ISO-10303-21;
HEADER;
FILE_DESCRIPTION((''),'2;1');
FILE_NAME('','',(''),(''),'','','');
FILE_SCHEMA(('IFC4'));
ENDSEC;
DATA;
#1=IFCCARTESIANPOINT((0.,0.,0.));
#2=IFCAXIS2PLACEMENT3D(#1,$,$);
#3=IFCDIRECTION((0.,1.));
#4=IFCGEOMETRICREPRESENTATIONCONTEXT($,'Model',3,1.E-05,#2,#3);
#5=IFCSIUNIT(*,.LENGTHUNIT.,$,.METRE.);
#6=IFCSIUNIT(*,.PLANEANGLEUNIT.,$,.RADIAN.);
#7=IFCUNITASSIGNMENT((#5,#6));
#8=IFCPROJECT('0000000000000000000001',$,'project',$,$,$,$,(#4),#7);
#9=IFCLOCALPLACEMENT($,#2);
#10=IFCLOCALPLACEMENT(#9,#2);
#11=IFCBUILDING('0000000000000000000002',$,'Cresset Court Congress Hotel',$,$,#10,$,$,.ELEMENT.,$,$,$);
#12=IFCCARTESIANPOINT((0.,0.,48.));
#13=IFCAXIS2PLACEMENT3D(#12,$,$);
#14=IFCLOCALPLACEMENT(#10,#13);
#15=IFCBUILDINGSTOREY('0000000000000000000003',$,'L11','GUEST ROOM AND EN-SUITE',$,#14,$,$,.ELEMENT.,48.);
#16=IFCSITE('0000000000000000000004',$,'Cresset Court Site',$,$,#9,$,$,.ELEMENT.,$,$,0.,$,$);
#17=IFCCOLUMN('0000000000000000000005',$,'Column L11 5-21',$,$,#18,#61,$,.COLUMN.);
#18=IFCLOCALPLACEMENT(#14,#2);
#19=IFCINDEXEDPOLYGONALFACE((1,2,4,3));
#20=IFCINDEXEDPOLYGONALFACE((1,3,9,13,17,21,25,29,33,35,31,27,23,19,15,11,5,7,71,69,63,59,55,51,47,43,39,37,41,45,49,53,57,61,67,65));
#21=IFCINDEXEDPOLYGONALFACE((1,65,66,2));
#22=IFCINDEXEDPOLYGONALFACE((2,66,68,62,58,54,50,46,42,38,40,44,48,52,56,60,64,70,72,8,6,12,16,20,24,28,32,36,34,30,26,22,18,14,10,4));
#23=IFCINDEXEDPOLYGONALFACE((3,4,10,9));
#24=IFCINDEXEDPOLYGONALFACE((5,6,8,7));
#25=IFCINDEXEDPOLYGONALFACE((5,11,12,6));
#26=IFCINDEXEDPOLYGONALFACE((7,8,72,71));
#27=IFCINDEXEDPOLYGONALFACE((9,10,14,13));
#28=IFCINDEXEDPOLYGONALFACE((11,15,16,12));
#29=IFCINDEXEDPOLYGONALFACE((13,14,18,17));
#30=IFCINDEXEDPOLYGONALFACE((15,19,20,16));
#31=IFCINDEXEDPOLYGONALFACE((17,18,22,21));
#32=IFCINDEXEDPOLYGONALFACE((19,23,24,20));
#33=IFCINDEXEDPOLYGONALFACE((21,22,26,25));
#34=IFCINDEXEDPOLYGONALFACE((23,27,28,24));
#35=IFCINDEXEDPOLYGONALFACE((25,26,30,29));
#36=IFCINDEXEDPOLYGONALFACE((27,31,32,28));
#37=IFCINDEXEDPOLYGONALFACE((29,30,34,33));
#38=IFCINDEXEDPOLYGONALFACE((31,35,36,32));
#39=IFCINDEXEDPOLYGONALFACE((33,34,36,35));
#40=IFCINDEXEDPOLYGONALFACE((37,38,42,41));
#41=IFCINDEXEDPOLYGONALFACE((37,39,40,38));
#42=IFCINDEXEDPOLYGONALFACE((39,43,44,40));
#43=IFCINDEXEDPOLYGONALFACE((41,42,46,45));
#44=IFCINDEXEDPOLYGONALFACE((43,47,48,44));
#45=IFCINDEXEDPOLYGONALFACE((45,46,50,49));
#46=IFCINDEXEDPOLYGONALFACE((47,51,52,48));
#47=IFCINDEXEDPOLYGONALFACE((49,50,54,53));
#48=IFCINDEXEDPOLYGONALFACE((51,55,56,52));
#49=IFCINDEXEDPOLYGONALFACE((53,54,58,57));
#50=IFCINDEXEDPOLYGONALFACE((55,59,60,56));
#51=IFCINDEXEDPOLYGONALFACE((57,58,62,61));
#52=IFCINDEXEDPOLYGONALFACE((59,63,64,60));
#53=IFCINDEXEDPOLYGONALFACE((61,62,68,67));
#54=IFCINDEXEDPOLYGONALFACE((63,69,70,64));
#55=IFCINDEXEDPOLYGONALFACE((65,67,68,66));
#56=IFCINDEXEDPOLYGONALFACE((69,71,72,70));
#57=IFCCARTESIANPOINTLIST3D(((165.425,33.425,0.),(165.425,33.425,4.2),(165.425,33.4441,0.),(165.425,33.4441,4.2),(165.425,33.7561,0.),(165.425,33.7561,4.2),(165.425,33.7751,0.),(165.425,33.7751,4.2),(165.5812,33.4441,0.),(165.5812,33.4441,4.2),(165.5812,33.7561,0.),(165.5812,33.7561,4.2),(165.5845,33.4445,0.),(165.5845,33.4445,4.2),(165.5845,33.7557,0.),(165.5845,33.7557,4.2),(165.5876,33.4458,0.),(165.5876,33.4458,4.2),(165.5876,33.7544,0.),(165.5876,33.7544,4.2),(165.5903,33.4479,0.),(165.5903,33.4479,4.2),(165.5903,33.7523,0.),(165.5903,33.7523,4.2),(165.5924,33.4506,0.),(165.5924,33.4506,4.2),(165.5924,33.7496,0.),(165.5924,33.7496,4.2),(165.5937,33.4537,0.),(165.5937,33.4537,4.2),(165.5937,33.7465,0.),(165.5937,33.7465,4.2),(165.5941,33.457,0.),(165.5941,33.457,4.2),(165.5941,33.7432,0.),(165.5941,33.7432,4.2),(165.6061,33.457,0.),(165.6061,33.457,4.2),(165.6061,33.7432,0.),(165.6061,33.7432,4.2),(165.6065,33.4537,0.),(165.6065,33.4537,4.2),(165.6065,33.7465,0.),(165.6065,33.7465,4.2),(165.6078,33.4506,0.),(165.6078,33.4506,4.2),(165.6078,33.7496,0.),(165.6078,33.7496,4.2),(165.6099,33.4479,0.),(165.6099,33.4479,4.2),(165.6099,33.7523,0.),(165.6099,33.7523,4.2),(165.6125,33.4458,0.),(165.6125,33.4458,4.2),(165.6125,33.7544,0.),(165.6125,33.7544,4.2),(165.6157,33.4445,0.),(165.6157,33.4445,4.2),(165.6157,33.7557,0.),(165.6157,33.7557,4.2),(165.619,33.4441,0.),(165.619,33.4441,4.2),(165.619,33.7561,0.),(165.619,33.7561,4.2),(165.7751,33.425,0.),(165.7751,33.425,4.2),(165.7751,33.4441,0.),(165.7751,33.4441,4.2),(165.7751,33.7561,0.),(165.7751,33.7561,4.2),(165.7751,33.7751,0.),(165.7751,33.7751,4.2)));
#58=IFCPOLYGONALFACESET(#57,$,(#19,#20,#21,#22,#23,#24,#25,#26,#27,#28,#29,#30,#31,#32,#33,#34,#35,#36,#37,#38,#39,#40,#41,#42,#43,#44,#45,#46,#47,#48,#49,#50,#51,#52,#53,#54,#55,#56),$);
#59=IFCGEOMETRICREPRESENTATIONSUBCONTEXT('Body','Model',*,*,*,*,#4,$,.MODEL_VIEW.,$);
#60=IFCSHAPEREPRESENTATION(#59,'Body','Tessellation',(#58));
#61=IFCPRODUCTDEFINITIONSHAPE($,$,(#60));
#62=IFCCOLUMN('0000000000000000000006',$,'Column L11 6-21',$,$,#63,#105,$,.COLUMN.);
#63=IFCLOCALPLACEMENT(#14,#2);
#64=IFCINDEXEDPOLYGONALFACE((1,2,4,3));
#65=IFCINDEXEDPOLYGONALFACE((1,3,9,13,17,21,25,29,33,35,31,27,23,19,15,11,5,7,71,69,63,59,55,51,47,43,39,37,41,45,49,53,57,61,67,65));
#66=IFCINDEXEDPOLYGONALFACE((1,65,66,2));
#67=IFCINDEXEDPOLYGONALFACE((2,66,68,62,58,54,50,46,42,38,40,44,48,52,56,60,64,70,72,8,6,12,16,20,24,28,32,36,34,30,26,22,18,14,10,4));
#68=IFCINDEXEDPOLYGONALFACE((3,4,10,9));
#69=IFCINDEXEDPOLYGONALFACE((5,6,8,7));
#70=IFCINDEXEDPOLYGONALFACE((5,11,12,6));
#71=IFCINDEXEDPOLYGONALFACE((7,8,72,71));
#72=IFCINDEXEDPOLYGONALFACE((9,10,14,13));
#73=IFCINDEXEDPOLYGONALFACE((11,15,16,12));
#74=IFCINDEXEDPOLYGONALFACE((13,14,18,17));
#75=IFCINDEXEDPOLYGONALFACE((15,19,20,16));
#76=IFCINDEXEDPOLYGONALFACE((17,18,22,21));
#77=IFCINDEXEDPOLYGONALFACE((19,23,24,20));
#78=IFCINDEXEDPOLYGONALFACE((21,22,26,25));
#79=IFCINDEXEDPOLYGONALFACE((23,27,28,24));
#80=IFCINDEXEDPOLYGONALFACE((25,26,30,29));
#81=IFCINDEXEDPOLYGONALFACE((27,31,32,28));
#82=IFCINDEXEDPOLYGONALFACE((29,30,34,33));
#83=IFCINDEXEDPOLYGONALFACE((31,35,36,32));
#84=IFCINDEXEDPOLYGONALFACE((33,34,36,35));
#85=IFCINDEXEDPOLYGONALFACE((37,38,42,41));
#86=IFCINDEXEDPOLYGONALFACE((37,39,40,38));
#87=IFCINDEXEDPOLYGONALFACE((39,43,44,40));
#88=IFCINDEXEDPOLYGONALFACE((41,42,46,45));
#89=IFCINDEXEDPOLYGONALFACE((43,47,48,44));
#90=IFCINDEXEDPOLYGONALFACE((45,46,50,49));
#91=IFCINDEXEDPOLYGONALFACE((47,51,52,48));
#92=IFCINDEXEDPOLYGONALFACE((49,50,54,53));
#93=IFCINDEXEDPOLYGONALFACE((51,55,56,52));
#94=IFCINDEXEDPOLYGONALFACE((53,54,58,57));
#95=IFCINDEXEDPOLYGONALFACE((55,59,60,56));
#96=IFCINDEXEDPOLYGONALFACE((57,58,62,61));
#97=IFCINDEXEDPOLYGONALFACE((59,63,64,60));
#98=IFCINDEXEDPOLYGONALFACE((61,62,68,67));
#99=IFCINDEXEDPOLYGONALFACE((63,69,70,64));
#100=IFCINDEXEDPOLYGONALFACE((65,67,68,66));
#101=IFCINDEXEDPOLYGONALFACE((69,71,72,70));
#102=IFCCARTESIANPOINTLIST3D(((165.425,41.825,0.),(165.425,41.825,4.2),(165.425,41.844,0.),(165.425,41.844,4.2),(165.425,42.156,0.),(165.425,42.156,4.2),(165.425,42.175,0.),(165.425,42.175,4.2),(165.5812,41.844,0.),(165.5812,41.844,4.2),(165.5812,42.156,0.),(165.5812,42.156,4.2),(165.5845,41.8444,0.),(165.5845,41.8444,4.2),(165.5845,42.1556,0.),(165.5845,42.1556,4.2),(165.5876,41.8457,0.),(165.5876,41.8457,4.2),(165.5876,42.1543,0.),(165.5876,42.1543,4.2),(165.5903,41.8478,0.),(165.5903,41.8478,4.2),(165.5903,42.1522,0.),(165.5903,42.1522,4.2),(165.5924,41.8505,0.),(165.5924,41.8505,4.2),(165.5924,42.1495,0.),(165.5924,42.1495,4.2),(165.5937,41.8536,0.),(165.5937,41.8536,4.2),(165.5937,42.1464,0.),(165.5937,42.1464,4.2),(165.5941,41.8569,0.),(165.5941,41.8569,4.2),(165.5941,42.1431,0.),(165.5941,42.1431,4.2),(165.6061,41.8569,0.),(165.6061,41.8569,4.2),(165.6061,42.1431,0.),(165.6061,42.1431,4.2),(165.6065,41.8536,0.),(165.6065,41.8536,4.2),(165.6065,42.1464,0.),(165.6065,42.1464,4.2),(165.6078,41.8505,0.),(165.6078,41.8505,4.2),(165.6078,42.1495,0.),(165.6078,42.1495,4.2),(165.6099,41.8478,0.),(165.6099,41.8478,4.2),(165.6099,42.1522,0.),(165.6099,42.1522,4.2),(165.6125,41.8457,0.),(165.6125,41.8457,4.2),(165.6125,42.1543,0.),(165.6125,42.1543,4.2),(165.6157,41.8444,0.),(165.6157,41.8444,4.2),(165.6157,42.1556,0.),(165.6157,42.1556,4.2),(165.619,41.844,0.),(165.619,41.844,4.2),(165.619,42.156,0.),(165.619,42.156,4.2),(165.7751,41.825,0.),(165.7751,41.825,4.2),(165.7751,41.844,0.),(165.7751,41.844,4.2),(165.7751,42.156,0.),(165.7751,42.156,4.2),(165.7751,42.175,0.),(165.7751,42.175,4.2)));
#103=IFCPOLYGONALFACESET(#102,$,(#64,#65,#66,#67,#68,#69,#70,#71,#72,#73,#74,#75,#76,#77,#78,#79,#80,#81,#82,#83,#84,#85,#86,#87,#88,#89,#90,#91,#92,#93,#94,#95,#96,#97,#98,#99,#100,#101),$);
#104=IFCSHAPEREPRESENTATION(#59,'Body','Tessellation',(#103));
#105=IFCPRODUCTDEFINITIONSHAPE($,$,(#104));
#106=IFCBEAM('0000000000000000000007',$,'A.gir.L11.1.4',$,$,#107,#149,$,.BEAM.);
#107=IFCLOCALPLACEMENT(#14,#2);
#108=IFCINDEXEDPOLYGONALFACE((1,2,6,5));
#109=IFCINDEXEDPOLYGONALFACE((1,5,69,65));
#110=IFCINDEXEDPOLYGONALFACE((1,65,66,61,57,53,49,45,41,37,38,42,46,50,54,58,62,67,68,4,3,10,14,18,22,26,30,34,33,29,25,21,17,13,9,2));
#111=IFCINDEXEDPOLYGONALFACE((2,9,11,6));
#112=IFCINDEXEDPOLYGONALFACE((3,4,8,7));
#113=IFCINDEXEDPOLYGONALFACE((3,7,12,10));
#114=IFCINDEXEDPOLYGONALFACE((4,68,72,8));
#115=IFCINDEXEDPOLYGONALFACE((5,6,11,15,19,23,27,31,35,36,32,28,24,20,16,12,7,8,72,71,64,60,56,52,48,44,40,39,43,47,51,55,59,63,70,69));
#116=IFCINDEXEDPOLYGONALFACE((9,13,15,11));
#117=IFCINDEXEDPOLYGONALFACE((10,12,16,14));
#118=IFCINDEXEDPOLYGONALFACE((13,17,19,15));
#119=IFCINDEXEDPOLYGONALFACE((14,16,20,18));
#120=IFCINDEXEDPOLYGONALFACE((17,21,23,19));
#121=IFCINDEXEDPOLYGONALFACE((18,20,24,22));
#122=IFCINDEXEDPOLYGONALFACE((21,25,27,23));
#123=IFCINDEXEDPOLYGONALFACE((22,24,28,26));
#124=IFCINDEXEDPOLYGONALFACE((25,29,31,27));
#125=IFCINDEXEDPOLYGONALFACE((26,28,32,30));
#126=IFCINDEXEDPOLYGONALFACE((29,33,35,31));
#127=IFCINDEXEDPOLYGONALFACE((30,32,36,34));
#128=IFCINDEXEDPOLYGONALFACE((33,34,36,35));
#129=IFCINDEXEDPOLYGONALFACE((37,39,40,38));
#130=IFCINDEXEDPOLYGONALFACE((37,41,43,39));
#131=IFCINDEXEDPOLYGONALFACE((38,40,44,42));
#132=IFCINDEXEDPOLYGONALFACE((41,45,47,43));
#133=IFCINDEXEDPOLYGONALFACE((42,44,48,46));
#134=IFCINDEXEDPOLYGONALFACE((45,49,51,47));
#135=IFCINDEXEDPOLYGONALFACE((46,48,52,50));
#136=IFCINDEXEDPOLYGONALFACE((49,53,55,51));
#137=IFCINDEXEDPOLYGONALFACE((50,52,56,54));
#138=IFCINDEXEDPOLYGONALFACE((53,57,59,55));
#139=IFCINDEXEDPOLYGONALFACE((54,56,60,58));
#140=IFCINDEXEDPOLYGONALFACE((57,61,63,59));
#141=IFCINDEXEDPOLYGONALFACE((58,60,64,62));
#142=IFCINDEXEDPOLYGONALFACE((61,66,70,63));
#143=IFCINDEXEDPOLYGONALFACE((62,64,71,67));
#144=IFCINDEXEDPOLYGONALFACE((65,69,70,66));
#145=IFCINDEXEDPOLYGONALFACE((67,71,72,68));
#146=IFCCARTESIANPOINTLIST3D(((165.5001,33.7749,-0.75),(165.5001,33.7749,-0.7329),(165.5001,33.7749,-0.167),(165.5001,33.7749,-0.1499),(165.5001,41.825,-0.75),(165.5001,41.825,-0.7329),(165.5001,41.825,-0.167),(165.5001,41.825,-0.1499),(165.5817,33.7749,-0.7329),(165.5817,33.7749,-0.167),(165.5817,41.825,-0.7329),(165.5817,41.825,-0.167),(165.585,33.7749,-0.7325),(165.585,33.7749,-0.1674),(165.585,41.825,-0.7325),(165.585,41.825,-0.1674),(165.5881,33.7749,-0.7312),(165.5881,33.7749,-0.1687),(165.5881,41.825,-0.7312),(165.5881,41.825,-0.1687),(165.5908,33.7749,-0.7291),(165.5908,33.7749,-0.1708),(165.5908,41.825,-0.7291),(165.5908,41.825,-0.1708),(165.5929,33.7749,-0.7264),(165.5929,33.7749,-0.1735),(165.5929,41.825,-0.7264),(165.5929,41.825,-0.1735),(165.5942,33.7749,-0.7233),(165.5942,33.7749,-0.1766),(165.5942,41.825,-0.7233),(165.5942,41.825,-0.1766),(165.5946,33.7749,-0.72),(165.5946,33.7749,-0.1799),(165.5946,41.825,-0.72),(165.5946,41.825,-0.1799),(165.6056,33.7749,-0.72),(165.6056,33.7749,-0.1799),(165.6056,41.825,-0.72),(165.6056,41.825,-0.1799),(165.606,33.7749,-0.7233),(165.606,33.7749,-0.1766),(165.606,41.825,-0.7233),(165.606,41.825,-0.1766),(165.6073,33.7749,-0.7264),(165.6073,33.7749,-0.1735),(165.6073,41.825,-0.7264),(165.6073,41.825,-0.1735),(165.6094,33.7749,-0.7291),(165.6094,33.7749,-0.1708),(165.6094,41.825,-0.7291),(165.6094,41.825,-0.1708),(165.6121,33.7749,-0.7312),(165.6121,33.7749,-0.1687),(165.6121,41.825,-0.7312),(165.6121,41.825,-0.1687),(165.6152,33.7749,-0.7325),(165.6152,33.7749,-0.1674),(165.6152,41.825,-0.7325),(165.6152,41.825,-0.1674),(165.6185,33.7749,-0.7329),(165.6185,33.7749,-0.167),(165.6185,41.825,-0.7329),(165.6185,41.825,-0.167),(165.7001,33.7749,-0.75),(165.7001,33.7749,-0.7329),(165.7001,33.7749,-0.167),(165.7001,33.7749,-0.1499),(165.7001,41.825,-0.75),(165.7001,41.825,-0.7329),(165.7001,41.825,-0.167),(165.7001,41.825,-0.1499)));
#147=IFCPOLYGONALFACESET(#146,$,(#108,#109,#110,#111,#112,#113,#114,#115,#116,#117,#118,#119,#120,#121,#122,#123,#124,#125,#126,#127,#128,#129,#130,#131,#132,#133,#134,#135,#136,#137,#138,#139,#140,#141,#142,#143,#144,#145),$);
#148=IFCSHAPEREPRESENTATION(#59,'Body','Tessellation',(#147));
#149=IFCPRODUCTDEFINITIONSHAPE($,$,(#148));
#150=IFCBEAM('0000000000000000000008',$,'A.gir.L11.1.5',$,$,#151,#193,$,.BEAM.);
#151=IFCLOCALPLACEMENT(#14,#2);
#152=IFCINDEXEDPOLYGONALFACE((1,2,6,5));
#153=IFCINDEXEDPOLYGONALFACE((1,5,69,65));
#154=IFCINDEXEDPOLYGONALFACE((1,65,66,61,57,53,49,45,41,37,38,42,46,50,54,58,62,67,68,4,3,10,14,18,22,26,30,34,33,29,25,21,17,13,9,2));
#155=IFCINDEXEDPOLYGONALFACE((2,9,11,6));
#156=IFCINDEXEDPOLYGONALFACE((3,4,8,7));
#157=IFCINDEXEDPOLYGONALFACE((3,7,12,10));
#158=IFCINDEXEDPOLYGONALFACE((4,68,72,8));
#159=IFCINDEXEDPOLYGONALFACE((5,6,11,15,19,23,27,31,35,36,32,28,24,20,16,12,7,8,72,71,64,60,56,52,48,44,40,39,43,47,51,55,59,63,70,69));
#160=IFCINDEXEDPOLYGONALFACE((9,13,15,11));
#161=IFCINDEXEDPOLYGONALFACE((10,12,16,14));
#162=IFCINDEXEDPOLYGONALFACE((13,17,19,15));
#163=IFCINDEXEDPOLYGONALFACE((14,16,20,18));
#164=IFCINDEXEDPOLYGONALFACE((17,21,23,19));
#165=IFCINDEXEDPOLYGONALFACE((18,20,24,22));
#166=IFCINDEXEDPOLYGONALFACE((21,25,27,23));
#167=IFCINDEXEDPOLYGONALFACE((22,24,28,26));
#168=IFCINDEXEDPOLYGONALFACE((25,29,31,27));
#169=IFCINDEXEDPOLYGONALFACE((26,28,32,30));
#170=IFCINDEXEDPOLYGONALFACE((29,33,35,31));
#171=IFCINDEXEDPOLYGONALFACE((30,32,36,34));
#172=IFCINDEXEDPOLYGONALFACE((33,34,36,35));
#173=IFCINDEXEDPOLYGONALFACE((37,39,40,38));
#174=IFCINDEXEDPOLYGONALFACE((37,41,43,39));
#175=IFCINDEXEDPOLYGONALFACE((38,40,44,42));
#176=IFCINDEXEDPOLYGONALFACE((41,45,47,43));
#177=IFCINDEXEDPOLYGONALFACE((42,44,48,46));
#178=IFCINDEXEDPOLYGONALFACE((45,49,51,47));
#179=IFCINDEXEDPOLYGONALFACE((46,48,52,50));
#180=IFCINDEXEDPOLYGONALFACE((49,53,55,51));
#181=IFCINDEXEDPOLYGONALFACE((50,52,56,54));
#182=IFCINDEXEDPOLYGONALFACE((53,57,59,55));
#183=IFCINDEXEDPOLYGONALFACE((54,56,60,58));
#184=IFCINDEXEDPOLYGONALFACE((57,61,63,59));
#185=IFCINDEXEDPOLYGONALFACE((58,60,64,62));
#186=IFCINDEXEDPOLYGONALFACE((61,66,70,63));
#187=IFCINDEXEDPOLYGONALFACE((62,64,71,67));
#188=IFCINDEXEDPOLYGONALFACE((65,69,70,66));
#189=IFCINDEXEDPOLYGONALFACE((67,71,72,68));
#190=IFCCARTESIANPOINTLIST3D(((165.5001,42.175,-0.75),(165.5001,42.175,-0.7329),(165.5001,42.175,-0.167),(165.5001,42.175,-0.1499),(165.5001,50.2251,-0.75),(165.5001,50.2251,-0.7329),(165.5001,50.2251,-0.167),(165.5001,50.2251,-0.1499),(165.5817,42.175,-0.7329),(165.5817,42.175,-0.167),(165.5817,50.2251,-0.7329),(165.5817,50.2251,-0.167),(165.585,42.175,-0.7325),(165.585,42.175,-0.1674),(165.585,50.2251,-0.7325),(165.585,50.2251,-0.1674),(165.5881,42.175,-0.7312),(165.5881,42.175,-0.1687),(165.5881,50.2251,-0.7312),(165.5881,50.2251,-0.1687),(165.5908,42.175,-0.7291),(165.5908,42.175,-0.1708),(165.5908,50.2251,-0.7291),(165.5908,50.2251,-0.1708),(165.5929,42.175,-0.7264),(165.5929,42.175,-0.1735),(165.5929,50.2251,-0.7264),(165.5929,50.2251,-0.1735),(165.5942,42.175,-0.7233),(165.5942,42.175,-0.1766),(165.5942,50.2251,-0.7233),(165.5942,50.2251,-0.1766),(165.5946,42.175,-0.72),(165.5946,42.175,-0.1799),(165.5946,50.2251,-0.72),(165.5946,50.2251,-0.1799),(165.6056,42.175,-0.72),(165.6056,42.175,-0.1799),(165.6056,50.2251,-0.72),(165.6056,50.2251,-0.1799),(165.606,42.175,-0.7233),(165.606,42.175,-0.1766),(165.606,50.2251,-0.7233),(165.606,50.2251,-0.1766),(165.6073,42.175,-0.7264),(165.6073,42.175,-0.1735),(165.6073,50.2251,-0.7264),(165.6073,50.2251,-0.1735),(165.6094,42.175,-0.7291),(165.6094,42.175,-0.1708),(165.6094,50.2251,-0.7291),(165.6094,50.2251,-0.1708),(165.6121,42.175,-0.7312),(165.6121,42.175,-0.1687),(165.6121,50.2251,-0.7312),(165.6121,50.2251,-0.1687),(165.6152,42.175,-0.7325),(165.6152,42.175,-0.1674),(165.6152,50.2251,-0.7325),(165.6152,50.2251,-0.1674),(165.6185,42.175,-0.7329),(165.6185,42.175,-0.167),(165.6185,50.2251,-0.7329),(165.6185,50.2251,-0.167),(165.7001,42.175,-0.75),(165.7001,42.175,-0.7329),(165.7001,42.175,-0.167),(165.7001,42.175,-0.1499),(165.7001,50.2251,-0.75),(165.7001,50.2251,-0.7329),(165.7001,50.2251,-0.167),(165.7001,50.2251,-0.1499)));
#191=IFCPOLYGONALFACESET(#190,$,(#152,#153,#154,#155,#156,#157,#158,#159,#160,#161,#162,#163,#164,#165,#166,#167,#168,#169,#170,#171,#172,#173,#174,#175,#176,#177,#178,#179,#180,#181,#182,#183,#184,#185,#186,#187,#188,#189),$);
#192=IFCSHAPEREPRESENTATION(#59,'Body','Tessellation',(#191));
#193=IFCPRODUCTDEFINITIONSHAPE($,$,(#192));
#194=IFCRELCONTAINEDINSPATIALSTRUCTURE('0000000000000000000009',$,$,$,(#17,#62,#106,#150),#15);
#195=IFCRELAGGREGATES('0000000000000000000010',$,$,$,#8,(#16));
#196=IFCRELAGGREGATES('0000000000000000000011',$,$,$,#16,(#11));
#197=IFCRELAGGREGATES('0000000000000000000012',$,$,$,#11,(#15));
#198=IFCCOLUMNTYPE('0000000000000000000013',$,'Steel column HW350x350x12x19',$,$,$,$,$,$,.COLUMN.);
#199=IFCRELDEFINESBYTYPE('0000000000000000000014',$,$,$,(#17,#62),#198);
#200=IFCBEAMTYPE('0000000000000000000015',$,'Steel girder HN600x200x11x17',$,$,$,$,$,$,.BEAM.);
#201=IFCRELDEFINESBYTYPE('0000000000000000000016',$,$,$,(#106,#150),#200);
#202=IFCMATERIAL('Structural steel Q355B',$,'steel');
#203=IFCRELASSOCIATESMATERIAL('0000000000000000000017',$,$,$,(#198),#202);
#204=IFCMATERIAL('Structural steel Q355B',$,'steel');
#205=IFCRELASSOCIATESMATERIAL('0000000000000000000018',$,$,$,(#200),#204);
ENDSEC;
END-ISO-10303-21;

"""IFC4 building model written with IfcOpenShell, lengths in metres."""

from ifc_helpers import new_model, si_unit, direction, frame, origin, origin_2d, place, context, subcontext, project, spatial, i_section, extrude, material, material_profile, profile_set, type_object, element, save


model = new_model("IFC4")

# Units and contexts
model_context = context("Model", 3, precision=1e-05, world=origin(), true_north=direction((0.0, 1.0)))
body_context = subcontext(model_context, "Body", "Model", "MODEL_VIEW")
ifc_project = project(units=[si_unit("LENGTHUNIT", "METRE"), si_unit("PLANEANGLEUNIT", "RADIAN")], contexts=[model_context])

# Site, building, storey
site_placement = place(None, origin())
site = spatial("IfcSite", under=ifc_project, at=site_placement, Name="Cresset Court Site", CompositionType="ELEMENT", RefElevation=0.0)
building_placement = place(site_placement, origin())
building = spatial("IfcBuilding", under=site, at=building_placement, Name="Cresset Court Congress Hotel", CompositionType="ELEMENT")
storey_placement = place(building_placement, frame((0.0, 0.0, 48.0)))
storey = spatial("IfcBuildingStorey", under=building, at=storey_placement, Name="L11", Description="GUEST ROOM AND EN-SUITE", CompositionType="ELEMENT", Elevation=48.0)

# Columns
ifc_material_1 = material(Name="Structural steel Q355B", Category="steel")
ifc_material_profile_1 = material_profile(ifc_material_1, i_section(OverallWidth=0.3501, OverallDepth=0.3501, WebThickness=0.012, FlangeThickness=0.019, FilletRadius=0.0129, at=origin_2d()), Name="HW350x350x12x19")
ifc_profile_set_1 = profile_set([ifc_material_profile_1], Name="Structural steel Q355B")
column_type = type_object("IfcColumnType", Name="Steel column HW350x350x12x19", PredefinedType="COLUMN", material=ifc_profile_set_1)
for number, where, z_axis, x_axis, name in (
    (1, (165.6001, 33.6001, 0.0), (0.0, 0.0, 1.0), (1.0, 0.0, 0.0), "Column L11 5-21"),
    (2, (165.6001, 42.0, 0.0), (0.0, 0.0, 1.0), (1.0, 0.0, 0.0), "Column L11 6-21"),
):
    element("IfcColumn", number, at=place(storey_placement, frame(where, z_axis=z_axis, x_axis=x_axis)), inside=storey, type_object=column_type, Name=name, PredefinedType="COLUMN", context=body_context, shape_type="SweptSolid", body=[
        extrude(i_section(OverallWidth=0.3501, OverallDepth=0.3501, WebThickness=0.012, FlangeThickness=0.019, FilletRadius=0.0129, at=origin_2d()), origin(), (0.0, 0.0, 1.0), 4.2),
    ])

# Beams
ifc_material_2 = material(Name="Structural steel Q355B", Category="steel")
ifc_material_profile_2 = material_profile(ifc_material_2, i_section(OverallWidth=0.2, OverallDepth=0.6001, WebThickness=0.011, FlangeThickness=0.0171, FilletRadius=0.0129, at=origin_2d()), Name="HN600x200x11x17")
ifc_profile_set_2 = profile_set([ifc_material_profile_2], Name="Structural steel Q355B")
beam_type = type_object("IfcBeamType", Name="Steel girder HN600x200x11x17", PredefinedType="BEAM", material=ifc_profile_set_2)
for number, where, z_axis, x_axis, name in (
    (3, (165.6001, 33.7749, -0.45), (0.0, 1.0, 0.0), (-1.0, 0.0, 0.0), "A.gir.L11.1.4"),
    (4, (165.6001, 42.175, -0.45), (0.0, 1.0, 0.0), (-1.0, 0.0, 0.0), "A.gir.L11.1.5"),
):
    element("IfcBeam", number, at=place(storey_placement, frame(where, z_axis=z_axis, x_axis=x_axis)), inside=storey, type_object=beam_type, Name=name, PredefinedType="BEAM", context=body_context, shape_type="SweptSolid", body=[
        extrude(i_section(OverallWidth=0.2, OverallDepth=0.6001, WebThickness=0.011, FlangeThickness=0.0171, FilletRadius=0.0129, at=origin_2d()), origin(), (0.0, 0.0, 1.0), 8.05),
    ])

save(model, "model.ifc")
